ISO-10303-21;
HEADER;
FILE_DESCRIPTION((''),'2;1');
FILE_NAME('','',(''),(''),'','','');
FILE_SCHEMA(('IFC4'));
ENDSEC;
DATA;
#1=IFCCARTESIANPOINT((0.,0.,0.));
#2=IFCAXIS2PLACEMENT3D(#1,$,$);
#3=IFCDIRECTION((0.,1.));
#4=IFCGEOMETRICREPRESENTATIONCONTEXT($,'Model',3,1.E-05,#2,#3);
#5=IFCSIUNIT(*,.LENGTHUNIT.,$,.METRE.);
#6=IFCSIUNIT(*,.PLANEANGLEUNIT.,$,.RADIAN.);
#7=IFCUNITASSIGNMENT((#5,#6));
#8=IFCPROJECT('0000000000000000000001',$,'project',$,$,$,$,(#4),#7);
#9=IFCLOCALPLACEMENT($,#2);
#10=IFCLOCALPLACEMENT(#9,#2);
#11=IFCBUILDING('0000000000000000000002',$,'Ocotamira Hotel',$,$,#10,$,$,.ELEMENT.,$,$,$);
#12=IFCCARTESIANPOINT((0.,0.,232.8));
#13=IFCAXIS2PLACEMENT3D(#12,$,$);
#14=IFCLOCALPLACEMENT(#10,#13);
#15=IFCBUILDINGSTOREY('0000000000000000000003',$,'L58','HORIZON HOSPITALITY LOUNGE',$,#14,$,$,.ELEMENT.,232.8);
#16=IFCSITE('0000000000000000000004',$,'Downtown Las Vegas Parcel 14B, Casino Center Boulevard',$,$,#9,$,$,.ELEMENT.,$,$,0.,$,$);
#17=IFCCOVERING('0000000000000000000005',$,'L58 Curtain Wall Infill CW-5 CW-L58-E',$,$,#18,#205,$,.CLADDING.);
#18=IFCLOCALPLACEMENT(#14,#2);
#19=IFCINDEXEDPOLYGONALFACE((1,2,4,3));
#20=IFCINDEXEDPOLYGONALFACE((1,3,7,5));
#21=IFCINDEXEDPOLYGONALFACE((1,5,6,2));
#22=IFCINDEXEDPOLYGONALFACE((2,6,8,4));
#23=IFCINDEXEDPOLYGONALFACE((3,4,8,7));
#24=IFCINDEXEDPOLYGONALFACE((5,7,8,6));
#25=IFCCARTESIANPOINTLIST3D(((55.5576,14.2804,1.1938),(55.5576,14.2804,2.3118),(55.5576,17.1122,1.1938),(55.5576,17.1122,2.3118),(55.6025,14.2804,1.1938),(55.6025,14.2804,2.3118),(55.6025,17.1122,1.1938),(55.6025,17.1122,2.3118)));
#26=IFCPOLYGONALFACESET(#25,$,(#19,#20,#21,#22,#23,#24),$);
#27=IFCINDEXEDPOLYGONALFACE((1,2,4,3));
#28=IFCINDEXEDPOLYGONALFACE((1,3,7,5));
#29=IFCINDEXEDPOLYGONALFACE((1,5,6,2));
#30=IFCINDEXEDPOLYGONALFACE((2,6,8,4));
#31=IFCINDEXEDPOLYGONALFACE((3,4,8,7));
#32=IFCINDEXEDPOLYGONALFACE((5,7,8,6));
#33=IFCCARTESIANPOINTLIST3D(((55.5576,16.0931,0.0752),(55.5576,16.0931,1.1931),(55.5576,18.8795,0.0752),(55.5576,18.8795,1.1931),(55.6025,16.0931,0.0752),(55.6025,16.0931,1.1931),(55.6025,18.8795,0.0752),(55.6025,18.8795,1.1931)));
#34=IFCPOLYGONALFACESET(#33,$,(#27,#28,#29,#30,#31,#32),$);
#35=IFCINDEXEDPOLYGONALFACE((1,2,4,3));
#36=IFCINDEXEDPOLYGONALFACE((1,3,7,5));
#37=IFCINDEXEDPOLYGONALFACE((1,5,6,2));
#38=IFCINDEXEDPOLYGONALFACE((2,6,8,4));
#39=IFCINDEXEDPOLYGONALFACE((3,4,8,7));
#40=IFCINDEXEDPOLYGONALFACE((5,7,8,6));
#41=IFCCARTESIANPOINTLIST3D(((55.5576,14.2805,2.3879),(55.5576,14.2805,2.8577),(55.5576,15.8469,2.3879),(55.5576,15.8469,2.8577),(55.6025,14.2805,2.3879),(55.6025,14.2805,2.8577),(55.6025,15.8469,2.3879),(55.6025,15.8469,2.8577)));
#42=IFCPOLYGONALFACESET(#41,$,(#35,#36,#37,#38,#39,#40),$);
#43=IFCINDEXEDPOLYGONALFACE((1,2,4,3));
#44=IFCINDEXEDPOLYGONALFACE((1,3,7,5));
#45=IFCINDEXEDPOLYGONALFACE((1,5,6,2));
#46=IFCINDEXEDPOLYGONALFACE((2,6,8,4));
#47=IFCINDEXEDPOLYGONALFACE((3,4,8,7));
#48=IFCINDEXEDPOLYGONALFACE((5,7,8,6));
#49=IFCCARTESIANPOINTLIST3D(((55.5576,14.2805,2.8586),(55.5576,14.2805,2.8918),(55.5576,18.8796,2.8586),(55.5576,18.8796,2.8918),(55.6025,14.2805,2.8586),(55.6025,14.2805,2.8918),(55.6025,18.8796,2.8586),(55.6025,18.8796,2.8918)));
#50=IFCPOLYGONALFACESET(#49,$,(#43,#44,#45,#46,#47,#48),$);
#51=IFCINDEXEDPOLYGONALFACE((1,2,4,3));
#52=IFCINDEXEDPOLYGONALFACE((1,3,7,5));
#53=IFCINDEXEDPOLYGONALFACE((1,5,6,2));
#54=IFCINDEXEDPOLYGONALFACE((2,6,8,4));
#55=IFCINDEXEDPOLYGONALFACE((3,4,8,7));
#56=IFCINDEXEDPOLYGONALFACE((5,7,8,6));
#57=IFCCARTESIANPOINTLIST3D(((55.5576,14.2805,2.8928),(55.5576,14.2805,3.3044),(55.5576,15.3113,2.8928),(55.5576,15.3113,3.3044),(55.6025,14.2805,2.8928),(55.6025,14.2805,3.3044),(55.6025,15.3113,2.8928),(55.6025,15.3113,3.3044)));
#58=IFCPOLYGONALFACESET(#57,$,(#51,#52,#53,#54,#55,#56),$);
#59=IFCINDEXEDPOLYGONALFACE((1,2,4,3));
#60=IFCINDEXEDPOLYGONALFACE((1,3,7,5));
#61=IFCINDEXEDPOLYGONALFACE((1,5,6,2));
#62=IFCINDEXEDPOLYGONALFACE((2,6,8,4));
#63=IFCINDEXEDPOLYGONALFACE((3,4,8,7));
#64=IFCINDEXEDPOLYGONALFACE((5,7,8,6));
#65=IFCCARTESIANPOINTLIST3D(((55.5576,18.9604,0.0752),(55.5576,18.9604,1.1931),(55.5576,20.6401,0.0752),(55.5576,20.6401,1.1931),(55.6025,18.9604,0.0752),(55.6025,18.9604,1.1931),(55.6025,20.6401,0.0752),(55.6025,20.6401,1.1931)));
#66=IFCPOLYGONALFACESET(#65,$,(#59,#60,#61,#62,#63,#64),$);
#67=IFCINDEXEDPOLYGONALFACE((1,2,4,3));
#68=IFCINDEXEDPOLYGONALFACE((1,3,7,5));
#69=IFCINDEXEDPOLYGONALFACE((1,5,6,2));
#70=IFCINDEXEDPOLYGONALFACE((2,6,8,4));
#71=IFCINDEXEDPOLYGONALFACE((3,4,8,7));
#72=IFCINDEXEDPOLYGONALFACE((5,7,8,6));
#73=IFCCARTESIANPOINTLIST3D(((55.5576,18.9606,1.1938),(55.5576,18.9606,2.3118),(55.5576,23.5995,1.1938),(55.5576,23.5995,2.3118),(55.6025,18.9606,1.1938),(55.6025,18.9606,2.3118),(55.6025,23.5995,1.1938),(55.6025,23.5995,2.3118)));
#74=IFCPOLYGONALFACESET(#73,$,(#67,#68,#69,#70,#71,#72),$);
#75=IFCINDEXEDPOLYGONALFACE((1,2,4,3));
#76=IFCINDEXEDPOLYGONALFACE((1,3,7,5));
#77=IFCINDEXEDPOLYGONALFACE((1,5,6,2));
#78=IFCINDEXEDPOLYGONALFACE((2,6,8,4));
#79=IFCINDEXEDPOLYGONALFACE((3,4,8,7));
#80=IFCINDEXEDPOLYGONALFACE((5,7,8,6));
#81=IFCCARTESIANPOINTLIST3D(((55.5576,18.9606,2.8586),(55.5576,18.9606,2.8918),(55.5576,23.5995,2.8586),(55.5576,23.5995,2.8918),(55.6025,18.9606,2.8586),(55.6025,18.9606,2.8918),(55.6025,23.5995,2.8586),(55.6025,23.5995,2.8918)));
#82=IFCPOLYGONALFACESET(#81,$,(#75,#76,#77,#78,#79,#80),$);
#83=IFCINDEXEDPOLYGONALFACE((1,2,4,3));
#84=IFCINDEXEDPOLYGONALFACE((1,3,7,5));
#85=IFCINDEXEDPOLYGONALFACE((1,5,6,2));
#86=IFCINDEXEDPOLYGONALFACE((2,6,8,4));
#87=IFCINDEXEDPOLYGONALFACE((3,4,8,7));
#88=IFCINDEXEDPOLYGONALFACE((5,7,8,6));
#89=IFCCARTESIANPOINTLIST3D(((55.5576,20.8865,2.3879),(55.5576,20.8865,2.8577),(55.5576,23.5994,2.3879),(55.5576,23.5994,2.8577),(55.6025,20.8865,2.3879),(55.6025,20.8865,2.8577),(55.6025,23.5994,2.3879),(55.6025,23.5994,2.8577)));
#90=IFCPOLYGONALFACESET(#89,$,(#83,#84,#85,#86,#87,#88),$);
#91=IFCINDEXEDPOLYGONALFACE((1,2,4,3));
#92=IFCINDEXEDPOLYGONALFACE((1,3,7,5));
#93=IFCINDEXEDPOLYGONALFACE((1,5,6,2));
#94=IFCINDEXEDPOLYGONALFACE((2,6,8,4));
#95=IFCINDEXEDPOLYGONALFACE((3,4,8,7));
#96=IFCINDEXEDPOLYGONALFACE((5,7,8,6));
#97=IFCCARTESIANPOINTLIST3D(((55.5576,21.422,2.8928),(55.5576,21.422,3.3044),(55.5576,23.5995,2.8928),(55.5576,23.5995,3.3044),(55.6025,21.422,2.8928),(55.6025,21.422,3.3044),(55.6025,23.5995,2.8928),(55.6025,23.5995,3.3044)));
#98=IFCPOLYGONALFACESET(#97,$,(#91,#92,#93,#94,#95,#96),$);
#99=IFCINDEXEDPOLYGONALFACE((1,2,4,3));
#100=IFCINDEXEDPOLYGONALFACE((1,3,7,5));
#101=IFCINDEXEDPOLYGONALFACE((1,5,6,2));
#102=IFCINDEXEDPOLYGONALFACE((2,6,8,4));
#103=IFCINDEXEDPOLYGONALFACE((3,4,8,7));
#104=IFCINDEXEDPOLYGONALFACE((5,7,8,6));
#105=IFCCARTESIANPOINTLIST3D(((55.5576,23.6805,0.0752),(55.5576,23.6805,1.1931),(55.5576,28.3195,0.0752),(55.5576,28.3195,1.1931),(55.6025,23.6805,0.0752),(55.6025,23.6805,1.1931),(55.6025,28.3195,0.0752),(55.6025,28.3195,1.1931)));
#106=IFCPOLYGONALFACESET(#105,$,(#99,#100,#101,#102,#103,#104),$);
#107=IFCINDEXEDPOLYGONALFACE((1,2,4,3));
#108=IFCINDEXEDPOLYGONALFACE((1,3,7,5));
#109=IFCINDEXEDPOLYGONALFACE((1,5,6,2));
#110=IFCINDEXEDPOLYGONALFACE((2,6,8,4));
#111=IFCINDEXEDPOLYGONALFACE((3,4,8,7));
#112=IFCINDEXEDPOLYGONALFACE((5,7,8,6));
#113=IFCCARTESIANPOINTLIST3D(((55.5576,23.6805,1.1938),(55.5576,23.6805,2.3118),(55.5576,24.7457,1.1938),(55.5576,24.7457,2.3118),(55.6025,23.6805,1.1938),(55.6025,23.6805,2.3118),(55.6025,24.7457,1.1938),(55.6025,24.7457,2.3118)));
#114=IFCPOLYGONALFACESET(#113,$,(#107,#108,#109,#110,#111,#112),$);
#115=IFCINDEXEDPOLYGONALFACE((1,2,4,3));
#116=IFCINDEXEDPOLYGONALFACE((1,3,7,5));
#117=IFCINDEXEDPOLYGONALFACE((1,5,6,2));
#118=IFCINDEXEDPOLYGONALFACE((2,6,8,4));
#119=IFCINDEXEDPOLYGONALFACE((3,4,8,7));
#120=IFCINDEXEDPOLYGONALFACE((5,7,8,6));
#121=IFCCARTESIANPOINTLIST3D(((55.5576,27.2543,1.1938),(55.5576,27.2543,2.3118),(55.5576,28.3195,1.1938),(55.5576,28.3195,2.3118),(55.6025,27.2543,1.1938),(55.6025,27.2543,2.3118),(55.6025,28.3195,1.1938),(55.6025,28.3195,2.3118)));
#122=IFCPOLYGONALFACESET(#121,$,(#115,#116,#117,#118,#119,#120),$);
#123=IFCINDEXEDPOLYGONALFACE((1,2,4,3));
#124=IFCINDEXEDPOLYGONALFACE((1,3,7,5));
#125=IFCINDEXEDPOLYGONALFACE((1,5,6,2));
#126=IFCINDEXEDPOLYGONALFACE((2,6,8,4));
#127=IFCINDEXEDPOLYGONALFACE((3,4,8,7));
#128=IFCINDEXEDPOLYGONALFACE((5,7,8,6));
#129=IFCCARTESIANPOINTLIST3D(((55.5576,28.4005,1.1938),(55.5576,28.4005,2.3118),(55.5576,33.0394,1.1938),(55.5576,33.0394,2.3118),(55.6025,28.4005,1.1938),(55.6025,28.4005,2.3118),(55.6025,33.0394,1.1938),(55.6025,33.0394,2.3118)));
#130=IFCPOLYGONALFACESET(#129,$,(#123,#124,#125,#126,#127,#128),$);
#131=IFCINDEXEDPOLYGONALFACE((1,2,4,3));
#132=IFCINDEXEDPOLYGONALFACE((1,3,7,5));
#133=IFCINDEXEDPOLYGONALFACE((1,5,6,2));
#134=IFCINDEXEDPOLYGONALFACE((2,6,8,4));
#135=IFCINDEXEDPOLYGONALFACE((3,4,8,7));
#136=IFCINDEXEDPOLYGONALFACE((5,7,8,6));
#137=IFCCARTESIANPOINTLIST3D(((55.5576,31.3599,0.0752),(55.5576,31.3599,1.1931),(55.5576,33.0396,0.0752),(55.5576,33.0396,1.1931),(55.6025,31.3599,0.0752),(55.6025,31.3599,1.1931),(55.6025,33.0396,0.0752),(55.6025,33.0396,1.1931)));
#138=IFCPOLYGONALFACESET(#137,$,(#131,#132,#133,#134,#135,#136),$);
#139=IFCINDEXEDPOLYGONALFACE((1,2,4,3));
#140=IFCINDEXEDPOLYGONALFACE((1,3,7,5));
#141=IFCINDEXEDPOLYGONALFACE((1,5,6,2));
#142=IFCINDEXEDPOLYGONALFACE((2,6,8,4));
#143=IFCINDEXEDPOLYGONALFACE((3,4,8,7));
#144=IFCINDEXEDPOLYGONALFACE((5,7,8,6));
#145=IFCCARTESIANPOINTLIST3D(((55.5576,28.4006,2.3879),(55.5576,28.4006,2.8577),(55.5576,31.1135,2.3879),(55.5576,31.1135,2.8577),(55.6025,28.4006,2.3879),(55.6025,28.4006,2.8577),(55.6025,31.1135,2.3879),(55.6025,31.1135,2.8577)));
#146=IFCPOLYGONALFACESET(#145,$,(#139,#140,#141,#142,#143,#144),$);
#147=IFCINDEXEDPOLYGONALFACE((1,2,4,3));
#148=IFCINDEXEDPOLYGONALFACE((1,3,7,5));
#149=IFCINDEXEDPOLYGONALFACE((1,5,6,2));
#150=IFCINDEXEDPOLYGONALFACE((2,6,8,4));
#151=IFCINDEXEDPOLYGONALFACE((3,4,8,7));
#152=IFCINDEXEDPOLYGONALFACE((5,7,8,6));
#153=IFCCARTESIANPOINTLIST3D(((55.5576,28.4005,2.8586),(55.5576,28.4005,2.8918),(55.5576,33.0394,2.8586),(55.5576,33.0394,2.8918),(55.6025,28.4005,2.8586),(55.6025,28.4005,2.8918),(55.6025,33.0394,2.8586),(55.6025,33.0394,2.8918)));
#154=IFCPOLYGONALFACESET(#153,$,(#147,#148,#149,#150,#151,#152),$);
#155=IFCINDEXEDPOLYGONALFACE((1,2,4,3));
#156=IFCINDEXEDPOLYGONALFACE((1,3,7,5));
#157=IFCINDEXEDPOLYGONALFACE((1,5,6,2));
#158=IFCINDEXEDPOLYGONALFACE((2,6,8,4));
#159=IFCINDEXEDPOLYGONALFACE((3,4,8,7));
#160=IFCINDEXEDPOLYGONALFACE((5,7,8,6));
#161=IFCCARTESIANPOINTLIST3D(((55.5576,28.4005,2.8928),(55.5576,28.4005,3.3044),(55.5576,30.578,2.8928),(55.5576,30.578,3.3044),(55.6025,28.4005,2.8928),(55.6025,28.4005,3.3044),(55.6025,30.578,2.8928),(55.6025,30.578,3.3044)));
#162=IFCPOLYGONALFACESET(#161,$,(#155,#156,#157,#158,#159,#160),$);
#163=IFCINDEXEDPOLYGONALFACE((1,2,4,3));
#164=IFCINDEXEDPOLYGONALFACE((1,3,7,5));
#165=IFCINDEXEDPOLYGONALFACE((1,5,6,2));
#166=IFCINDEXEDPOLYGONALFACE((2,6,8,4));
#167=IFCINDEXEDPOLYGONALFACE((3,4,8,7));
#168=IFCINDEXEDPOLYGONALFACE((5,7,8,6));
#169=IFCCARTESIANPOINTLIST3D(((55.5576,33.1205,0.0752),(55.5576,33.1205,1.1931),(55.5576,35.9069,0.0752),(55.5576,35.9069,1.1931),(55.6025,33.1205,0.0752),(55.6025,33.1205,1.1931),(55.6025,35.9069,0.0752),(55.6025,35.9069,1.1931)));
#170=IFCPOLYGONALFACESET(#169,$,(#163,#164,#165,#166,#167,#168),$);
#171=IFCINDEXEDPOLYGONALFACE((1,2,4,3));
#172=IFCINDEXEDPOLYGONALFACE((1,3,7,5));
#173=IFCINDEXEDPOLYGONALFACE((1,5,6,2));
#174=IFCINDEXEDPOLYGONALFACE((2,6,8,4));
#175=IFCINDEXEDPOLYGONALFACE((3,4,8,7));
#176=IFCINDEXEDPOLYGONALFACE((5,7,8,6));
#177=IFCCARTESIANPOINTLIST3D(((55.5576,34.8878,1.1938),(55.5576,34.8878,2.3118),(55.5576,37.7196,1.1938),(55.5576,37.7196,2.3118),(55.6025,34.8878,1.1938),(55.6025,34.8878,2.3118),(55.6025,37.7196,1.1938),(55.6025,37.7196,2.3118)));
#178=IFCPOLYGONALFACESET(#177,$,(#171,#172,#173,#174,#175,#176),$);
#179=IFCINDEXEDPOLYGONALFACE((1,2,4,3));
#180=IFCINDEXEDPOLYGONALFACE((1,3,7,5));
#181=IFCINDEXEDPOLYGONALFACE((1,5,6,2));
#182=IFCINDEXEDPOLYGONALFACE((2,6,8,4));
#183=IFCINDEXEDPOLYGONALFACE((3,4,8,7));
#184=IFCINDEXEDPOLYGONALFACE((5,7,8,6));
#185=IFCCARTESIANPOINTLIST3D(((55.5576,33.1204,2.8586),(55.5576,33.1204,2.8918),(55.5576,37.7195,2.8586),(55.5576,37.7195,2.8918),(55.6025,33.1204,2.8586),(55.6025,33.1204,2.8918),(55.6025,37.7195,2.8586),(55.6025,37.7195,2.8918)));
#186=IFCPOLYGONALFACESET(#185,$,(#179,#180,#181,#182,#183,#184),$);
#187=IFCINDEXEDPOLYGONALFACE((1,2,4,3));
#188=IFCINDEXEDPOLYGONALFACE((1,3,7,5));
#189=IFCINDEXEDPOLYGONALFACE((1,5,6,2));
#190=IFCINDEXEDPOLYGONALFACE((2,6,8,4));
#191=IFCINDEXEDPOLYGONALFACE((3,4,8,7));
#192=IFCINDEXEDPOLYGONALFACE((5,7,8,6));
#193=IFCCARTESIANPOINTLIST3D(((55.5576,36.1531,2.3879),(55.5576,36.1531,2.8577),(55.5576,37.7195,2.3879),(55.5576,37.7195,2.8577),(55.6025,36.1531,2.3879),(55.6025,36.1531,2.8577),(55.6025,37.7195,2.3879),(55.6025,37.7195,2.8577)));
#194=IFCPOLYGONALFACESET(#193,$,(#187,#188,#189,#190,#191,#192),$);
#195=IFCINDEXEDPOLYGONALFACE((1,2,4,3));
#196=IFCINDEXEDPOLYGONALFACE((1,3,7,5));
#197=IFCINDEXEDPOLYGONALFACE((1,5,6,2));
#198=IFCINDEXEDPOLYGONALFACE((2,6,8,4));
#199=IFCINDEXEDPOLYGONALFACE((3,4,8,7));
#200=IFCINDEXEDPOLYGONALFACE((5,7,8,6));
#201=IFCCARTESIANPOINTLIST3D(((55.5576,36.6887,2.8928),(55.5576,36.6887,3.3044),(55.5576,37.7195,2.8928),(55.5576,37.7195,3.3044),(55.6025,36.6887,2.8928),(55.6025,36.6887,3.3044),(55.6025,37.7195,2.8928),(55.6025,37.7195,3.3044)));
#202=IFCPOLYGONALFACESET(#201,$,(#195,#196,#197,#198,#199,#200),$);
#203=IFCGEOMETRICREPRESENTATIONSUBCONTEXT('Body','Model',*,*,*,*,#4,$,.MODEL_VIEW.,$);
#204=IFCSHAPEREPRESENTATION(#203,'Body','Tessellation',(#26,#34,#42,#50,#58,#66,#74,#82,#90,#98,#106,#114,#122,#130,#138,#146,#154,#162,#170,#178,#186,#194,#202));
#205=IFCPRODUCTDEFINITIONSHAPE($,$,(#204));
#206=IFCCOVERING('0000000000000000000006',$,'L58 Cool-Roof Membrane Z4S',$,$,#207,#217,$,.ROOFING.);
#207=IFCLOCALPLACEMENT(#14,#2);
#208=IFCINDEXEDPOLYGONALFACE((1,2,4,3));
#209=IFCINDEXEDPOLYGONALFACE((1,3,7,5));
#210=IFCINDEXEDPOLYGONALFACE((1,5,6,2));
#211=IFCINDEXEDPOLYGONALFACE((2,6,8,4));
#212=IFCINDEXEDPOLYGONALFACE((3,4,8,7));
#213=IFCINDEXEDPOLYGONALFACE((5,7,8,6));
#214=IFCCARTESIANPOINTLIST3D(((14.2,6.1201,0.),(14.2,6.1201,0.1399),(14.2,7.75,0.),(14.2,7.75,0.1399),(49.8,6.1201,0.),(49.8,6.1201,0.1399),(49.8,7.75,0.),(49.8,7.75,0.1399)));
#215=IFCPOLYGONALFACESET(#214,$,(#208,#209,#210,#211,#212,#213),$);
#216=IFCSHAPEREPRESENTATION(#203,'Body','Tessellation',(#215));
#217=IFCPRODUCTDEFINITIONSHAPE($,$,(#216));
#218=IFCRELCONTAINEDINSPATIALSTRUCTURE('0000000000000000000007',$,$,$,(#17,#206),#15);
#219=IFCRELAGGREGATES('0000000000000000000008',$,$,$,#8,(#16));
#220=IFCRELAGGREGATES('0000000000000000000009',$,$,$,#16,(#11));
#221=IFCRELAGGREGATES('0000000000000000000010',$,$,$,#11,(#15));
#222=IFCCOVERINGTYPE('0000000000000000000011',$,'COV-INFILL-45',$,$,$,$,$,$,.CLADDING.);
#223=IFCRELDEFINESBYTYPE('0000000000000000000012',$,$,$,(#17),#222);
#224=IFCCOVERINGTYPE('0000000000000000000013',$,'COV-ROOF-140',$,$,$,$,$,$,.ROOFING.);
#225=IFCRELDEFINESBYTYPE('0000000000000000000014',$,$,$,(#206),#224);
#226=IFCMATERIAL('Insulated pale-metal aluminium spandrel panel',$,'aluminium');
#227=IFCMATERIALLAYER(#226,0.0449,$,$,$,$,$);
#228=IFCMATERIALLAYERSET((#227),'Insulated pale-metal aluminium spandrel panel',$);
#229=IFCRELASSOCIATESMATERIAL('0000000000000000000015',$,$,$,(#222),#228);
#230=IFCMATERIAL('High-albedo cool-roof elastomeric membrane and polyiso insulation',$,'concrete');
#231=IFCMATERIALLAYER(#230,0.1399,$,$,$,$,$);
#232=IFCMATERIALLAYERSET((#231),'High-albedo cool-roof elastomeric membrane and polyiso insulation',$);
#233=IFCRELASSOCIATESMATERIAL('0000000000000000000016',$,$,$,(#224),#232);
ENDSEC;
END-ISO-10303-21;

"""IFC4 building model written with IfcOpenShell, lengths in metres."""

from ifc_helpers import new_model, si_unit, direction, frame, origin, origin_2d, place, context, subcontext, project, spatial, polyline, rectangle, outline, extrude, material, layer, layer_set, type_object, element, save


model = new_model("IFC4")

# Units and contexts
model_context = context("Model", 3, precision=1e-05, world=origin(), true_north=direction((0.0, 1.0)))
body_context = subcontext(model_context, "Body", "Model", "MODEL_VIEW")
ifc_project = project(units=[si_unit("LENGTHUNIT", "METRE"), si_unit("PLANEANGLEUNIT", "RADIAN")], contexts=[model_context])

# Site, building, storey
site_placement = place(None, origin())
site = spatial("IfcSite", under=ifc_project, at=site_placement, Name="Downtown Las Vegas Parcel 14B, Casino Center Boulevard", CompositionType="ELEMENT", RefElevation=0.0)
building_placement = place(site_placement, origin())
building = spatial("IfcBuilding", under=site, at=building_placement, Name="Ocotamira Hotel", CompositionType="ELEMENT")
storey_placement = place(building_placement, frame((0.0, 0.0, 232.8)))
storey = spatial("IfcBuildingStorey", under=building, at=storey_placement, Name="L58", Description="HORIZON HOSPITALITY LOUNGE", CompositionType="ELEMENT", Elevation=232.8)

# Coverings
ifc_material_1 = material(Name="Insulated pale-metal aluminium spandrel panel", Category="aluminium")
ifc_layer_1 = layer(ifc_material_1, 0.0449)
ifc_layer_set_1 = layer_set([ifc_layer_1], Name="Insulated pale-metal aluminium spandrel panel")
covering_type_1 = type_object("IfcCoveringType", Name="COV-INFILL-45", PredefinedType="CLADDING", material=ifc_layer_set_1)
covering_1_placement = place(storey_placement, origin())
element("IfcCovering", 1, at=covering_1_placement, inside=storey, type_object=covering_type_1, Name="L58 Curtain Wall Infill CW-5 CW-L58-E", PredefinedType="CLADDING", context=body_context, shape_type="SweptSolid", body=[
    extrude(rectangle(XDim=2.8318, YDim=0.0449, at=origin_2d()), frame((55.5801, 15.6963, 1.1938), z_axis=(0.0, 0.0, 1.0), x_axis=(0.0, 1.0, 0.0)), (0.0, 0.0, 1.0), 1.1179),
    extrude(rectangle(XDim=2.7864, YDim=0.0449, at=origin_2d()), frame((55.5801, 17.4863, 0.0752), z_axis=(0.0, 0.0, 1.0), x_axis=(0.0, 1.0, 0.0)), (0.0, 0.0, 1.0), 1.1179),
    extrude(rectangle(XDim=1.5664, YDim=0.0449, at=origin_2d()), frame((55.5801, 15.0637, 2.3879), z_axis=(0.0, 0.0, 1.0), x_axis=(0.0, 1.0, 0.0)), (0.0, 0.0, 1.0), 0.4697),
    extrude(rectangle(XDim=4.5991, YDim=0.0449, at=origin_2d()), frame((55.5801, 16.5801, 2.8586), z_axis=(0.0, 0.0, 1.0), x_axis=(0.0, 1.0, 0.0)), (0.0, 0.0, 1.0), 0.0332),
    extrude(rectangle(XDim=1.0308, YDim=0.0449, at=origin_2d()), frame((55.5801, 14.7959, 2.8928), z_axis=(0.0, 0.0, 1.0), x_axis=(0.0, 1.0, 0.0)), (0.0, 0.0, 1.0), 0.4116),
    extrude(rectangle(XDim=1.6797, YDim=0.0449, at=origin_2d()), frame((55.5801, 19.8003, 0.0752), z_axis=(0.0, 0.0, 1.0), x_axis=(0.0, 1.0, 0.0)), (0.0, 0.0, 1.0), 1.1179),
    extrude(rectangle(XDim=4.6389, YDim=0.0449, at=origin_2d()), frame((55.5801, 21.28, 1.1938), z_axis=(0.0, 0.0, 1.0), x_axis=(0.0, 1.0, 0.0)), (0.0, 0.0, 1.0), 1.1179),
    extrude(rectangle(XDim=4.6389, YDim=0.0449, at=origin_2d()), frame((55.5801, 21.28, 2.8586), z_axis=(0.0, 0.0, 1.0), x_axis=(0.0, 1.0, 0.0)), (0.0, 0.0, 1.0), 0.0332),
    extrude(rectangle(XDim=2.7129, YDim=0.0449, at=origin_2d()), frame((55.5801, 22.2429, 2.3879), z_axis=(0.0, 0.0, 1.0), x_axis=(0.0, 1.0, 0.0)), (0.0, 0.0, 1.0), 0.4697),
    extrude(rectangle(XDim=2.1775, YDim=0.0449, at=origin_2d()), frame((55.5801, 22.5107, 2.8928), z_axis=(0.0, 0.0, 1.0), x_axis=(0.0, 1.0, 0.0)), (0.0, 0.0, 1.0), 0.4116),
    extrude(rectangle(XDim=4.6389, YDim=0.0449, at=origin_2d()), frame((55.5801, 26.0, 0.0752), z_axis=(0.0, 0.0, 1.0), x_axis=(0.0, 1.0, 0.0)), (0.0, 0.0, 1.0), 1.1179),
    extrude(rectangle(XDim=1.0652, YDim=0.0449, at=origin_2d()), frame((55.5801, 24.2131, 1.1938), z_axis=(0.0, 0.0, 1.0), x_axis=(0.0, 1.0, 0.0)), (0.0, 0.0, 1.0), 1.1179),
    extrude(rectangle(XDim=1.0652, YDim=0.0449, at=origin_2d()), frame((55.5801, 27.7869, 1.1938), z_axis=(0.0, 0.0, 1.0), x_axis=(0.0, 1.0, 0.0)), (0.0, 0.0, 1.0), 1.1179),
    extrude(rectangle(XDim=4.6389, YDim=0.0449, at=origin_2d()), frame((55.5801, 30.72, 1.1938), z_axis=(0.0, 0.0, 1.0), x_axis=(0.0, 1.0, 0.0)), (0.0, 0.0, 1.0), 1.1179),
    extrude(rectangle(XDim=1.6797, YDim=0.0449, at=origin_2d()), frame((55.5801, 32.1997, 0.0752), z_axis=(0.0, 0.0, 1.0), x_axis=(0.0, 1.0, 0.0)), (0.0, 0.0, 1.0), 1.1179),
    extrude(rectangle(XDim=2.7129, YDim=0.0449, at=origin_2d()), frame((55.5801, 29.7571, 2.3879), z_axis=(0.0, 0.0, 1.0), x_axis=(0.0, 1.0, 0.0)), (0.0, 0.0, 1.0), 0.4697),
    extrude(rectangle(XDim=4.6389, YDim=0.0449, at=origin_2d()), frame((55.5801, 30.72, 2.8586), z_axis=(0.0, 0.0, 1.0), x_axis=(0.0, 1.0, 0.0)), (0.0, 0.0, 1.0), 0.0332),
    extrude(rectangle(XDim=2.1775, YDim=0.0449, at=origin_2d()), frame((55.5801, 29.4893, 2.8928), z_axis=(0.0, 0.0, 1.0), x_axis=(0.0, 1.0, 0.0)), (0.0, 0.0, 1.0), 0.4116),
    extrude(rectangle(XDim=2.7864, YDim=0.0449, at=origin_2d()), frame((55.5801, 34.5137, 0.0752), z_axis=(0.0, 0.0, 1.0), x_axis=(0.0, 1.0, 0.0)), (0.0, 0.0, 1.0), 1.1179),
    extrude(rectangle(XDim=2.8318, YDim=0.0449, at=origin_2d()), frame((55.5801, 36.3037, 1.1938), z_axis=(0.0, 0.0, 1.0), x_axis=(0.0, 1.0, 0.0)), (0.0, 0.0, 1.0), 1.1179),
    extrude(rectangle(XDim=4.5991, YDim=0.0449, at=origin_2d()), frame((55.5801, 35.4199, 2.8586), z_axis=(0.0, 0.0, 1.0), x_axis=(0.0, 1.0, 0.0)), (0.0, 0.0, 1.0), 0.0332),
    extrude(rectangle(XDim=1.5664, YDim=0.0449, at=origin_2d()), frame((55.5801, 36.9363, 2.3879), z_axis=(0.0, 0.0, 1.0), x_axis=(0.0, 1.0, 0.0)), (0.0, 0.0, 1.0), 0.4697),
    extrude(rectangle(XDim=1.0308, YDim=0.0449, at=origin_2d()), frame((55.5801, 37.2041, 2.8928), z_axis=(0.0, 0.0, 1.0), x_axis=(0.0, 1.0, 0.0)), (0.0, 0.0, 1.0), 0.4116),
])
ifc_material_2 = material(Name="High-albedo cool-roof elastomeric membrane and polyiso insulation", Category="concrete")
ifc_layer_2 = layer(ifc_material_2, 0.1399)
ifc_layer_set_2 = layer_set([ifc_layer_2], Name="High-albedo cool-roof elastomeric membrane and polyiso insulation")
covering_type_2 = type_object("IfcCoveringType", Name="COV-ROOF-140", PredefinedType="ROOFING", material=ifc_layer_set_2)
covering_2_placement = place(storey_placement, origin())
element("IfcCovering", 2, at=covering_2_placement, inside=storey, type_object=covering_type_2, Name="L58 Cool-Roof Membrane Z4S", PredefinedType="ROOFING", context=body_context, shape_type="SweptSolid", body=[
    extrude(outline(polyline([(14.2, 6.1201), (49.8, 6.1201), (49.8, 7.75), (14.2, 7.75), (14.2, 6.1201)])), origin(), (0.0, 0.0, 1.0), 0.1399),
])

save(model, "model.ifc")
